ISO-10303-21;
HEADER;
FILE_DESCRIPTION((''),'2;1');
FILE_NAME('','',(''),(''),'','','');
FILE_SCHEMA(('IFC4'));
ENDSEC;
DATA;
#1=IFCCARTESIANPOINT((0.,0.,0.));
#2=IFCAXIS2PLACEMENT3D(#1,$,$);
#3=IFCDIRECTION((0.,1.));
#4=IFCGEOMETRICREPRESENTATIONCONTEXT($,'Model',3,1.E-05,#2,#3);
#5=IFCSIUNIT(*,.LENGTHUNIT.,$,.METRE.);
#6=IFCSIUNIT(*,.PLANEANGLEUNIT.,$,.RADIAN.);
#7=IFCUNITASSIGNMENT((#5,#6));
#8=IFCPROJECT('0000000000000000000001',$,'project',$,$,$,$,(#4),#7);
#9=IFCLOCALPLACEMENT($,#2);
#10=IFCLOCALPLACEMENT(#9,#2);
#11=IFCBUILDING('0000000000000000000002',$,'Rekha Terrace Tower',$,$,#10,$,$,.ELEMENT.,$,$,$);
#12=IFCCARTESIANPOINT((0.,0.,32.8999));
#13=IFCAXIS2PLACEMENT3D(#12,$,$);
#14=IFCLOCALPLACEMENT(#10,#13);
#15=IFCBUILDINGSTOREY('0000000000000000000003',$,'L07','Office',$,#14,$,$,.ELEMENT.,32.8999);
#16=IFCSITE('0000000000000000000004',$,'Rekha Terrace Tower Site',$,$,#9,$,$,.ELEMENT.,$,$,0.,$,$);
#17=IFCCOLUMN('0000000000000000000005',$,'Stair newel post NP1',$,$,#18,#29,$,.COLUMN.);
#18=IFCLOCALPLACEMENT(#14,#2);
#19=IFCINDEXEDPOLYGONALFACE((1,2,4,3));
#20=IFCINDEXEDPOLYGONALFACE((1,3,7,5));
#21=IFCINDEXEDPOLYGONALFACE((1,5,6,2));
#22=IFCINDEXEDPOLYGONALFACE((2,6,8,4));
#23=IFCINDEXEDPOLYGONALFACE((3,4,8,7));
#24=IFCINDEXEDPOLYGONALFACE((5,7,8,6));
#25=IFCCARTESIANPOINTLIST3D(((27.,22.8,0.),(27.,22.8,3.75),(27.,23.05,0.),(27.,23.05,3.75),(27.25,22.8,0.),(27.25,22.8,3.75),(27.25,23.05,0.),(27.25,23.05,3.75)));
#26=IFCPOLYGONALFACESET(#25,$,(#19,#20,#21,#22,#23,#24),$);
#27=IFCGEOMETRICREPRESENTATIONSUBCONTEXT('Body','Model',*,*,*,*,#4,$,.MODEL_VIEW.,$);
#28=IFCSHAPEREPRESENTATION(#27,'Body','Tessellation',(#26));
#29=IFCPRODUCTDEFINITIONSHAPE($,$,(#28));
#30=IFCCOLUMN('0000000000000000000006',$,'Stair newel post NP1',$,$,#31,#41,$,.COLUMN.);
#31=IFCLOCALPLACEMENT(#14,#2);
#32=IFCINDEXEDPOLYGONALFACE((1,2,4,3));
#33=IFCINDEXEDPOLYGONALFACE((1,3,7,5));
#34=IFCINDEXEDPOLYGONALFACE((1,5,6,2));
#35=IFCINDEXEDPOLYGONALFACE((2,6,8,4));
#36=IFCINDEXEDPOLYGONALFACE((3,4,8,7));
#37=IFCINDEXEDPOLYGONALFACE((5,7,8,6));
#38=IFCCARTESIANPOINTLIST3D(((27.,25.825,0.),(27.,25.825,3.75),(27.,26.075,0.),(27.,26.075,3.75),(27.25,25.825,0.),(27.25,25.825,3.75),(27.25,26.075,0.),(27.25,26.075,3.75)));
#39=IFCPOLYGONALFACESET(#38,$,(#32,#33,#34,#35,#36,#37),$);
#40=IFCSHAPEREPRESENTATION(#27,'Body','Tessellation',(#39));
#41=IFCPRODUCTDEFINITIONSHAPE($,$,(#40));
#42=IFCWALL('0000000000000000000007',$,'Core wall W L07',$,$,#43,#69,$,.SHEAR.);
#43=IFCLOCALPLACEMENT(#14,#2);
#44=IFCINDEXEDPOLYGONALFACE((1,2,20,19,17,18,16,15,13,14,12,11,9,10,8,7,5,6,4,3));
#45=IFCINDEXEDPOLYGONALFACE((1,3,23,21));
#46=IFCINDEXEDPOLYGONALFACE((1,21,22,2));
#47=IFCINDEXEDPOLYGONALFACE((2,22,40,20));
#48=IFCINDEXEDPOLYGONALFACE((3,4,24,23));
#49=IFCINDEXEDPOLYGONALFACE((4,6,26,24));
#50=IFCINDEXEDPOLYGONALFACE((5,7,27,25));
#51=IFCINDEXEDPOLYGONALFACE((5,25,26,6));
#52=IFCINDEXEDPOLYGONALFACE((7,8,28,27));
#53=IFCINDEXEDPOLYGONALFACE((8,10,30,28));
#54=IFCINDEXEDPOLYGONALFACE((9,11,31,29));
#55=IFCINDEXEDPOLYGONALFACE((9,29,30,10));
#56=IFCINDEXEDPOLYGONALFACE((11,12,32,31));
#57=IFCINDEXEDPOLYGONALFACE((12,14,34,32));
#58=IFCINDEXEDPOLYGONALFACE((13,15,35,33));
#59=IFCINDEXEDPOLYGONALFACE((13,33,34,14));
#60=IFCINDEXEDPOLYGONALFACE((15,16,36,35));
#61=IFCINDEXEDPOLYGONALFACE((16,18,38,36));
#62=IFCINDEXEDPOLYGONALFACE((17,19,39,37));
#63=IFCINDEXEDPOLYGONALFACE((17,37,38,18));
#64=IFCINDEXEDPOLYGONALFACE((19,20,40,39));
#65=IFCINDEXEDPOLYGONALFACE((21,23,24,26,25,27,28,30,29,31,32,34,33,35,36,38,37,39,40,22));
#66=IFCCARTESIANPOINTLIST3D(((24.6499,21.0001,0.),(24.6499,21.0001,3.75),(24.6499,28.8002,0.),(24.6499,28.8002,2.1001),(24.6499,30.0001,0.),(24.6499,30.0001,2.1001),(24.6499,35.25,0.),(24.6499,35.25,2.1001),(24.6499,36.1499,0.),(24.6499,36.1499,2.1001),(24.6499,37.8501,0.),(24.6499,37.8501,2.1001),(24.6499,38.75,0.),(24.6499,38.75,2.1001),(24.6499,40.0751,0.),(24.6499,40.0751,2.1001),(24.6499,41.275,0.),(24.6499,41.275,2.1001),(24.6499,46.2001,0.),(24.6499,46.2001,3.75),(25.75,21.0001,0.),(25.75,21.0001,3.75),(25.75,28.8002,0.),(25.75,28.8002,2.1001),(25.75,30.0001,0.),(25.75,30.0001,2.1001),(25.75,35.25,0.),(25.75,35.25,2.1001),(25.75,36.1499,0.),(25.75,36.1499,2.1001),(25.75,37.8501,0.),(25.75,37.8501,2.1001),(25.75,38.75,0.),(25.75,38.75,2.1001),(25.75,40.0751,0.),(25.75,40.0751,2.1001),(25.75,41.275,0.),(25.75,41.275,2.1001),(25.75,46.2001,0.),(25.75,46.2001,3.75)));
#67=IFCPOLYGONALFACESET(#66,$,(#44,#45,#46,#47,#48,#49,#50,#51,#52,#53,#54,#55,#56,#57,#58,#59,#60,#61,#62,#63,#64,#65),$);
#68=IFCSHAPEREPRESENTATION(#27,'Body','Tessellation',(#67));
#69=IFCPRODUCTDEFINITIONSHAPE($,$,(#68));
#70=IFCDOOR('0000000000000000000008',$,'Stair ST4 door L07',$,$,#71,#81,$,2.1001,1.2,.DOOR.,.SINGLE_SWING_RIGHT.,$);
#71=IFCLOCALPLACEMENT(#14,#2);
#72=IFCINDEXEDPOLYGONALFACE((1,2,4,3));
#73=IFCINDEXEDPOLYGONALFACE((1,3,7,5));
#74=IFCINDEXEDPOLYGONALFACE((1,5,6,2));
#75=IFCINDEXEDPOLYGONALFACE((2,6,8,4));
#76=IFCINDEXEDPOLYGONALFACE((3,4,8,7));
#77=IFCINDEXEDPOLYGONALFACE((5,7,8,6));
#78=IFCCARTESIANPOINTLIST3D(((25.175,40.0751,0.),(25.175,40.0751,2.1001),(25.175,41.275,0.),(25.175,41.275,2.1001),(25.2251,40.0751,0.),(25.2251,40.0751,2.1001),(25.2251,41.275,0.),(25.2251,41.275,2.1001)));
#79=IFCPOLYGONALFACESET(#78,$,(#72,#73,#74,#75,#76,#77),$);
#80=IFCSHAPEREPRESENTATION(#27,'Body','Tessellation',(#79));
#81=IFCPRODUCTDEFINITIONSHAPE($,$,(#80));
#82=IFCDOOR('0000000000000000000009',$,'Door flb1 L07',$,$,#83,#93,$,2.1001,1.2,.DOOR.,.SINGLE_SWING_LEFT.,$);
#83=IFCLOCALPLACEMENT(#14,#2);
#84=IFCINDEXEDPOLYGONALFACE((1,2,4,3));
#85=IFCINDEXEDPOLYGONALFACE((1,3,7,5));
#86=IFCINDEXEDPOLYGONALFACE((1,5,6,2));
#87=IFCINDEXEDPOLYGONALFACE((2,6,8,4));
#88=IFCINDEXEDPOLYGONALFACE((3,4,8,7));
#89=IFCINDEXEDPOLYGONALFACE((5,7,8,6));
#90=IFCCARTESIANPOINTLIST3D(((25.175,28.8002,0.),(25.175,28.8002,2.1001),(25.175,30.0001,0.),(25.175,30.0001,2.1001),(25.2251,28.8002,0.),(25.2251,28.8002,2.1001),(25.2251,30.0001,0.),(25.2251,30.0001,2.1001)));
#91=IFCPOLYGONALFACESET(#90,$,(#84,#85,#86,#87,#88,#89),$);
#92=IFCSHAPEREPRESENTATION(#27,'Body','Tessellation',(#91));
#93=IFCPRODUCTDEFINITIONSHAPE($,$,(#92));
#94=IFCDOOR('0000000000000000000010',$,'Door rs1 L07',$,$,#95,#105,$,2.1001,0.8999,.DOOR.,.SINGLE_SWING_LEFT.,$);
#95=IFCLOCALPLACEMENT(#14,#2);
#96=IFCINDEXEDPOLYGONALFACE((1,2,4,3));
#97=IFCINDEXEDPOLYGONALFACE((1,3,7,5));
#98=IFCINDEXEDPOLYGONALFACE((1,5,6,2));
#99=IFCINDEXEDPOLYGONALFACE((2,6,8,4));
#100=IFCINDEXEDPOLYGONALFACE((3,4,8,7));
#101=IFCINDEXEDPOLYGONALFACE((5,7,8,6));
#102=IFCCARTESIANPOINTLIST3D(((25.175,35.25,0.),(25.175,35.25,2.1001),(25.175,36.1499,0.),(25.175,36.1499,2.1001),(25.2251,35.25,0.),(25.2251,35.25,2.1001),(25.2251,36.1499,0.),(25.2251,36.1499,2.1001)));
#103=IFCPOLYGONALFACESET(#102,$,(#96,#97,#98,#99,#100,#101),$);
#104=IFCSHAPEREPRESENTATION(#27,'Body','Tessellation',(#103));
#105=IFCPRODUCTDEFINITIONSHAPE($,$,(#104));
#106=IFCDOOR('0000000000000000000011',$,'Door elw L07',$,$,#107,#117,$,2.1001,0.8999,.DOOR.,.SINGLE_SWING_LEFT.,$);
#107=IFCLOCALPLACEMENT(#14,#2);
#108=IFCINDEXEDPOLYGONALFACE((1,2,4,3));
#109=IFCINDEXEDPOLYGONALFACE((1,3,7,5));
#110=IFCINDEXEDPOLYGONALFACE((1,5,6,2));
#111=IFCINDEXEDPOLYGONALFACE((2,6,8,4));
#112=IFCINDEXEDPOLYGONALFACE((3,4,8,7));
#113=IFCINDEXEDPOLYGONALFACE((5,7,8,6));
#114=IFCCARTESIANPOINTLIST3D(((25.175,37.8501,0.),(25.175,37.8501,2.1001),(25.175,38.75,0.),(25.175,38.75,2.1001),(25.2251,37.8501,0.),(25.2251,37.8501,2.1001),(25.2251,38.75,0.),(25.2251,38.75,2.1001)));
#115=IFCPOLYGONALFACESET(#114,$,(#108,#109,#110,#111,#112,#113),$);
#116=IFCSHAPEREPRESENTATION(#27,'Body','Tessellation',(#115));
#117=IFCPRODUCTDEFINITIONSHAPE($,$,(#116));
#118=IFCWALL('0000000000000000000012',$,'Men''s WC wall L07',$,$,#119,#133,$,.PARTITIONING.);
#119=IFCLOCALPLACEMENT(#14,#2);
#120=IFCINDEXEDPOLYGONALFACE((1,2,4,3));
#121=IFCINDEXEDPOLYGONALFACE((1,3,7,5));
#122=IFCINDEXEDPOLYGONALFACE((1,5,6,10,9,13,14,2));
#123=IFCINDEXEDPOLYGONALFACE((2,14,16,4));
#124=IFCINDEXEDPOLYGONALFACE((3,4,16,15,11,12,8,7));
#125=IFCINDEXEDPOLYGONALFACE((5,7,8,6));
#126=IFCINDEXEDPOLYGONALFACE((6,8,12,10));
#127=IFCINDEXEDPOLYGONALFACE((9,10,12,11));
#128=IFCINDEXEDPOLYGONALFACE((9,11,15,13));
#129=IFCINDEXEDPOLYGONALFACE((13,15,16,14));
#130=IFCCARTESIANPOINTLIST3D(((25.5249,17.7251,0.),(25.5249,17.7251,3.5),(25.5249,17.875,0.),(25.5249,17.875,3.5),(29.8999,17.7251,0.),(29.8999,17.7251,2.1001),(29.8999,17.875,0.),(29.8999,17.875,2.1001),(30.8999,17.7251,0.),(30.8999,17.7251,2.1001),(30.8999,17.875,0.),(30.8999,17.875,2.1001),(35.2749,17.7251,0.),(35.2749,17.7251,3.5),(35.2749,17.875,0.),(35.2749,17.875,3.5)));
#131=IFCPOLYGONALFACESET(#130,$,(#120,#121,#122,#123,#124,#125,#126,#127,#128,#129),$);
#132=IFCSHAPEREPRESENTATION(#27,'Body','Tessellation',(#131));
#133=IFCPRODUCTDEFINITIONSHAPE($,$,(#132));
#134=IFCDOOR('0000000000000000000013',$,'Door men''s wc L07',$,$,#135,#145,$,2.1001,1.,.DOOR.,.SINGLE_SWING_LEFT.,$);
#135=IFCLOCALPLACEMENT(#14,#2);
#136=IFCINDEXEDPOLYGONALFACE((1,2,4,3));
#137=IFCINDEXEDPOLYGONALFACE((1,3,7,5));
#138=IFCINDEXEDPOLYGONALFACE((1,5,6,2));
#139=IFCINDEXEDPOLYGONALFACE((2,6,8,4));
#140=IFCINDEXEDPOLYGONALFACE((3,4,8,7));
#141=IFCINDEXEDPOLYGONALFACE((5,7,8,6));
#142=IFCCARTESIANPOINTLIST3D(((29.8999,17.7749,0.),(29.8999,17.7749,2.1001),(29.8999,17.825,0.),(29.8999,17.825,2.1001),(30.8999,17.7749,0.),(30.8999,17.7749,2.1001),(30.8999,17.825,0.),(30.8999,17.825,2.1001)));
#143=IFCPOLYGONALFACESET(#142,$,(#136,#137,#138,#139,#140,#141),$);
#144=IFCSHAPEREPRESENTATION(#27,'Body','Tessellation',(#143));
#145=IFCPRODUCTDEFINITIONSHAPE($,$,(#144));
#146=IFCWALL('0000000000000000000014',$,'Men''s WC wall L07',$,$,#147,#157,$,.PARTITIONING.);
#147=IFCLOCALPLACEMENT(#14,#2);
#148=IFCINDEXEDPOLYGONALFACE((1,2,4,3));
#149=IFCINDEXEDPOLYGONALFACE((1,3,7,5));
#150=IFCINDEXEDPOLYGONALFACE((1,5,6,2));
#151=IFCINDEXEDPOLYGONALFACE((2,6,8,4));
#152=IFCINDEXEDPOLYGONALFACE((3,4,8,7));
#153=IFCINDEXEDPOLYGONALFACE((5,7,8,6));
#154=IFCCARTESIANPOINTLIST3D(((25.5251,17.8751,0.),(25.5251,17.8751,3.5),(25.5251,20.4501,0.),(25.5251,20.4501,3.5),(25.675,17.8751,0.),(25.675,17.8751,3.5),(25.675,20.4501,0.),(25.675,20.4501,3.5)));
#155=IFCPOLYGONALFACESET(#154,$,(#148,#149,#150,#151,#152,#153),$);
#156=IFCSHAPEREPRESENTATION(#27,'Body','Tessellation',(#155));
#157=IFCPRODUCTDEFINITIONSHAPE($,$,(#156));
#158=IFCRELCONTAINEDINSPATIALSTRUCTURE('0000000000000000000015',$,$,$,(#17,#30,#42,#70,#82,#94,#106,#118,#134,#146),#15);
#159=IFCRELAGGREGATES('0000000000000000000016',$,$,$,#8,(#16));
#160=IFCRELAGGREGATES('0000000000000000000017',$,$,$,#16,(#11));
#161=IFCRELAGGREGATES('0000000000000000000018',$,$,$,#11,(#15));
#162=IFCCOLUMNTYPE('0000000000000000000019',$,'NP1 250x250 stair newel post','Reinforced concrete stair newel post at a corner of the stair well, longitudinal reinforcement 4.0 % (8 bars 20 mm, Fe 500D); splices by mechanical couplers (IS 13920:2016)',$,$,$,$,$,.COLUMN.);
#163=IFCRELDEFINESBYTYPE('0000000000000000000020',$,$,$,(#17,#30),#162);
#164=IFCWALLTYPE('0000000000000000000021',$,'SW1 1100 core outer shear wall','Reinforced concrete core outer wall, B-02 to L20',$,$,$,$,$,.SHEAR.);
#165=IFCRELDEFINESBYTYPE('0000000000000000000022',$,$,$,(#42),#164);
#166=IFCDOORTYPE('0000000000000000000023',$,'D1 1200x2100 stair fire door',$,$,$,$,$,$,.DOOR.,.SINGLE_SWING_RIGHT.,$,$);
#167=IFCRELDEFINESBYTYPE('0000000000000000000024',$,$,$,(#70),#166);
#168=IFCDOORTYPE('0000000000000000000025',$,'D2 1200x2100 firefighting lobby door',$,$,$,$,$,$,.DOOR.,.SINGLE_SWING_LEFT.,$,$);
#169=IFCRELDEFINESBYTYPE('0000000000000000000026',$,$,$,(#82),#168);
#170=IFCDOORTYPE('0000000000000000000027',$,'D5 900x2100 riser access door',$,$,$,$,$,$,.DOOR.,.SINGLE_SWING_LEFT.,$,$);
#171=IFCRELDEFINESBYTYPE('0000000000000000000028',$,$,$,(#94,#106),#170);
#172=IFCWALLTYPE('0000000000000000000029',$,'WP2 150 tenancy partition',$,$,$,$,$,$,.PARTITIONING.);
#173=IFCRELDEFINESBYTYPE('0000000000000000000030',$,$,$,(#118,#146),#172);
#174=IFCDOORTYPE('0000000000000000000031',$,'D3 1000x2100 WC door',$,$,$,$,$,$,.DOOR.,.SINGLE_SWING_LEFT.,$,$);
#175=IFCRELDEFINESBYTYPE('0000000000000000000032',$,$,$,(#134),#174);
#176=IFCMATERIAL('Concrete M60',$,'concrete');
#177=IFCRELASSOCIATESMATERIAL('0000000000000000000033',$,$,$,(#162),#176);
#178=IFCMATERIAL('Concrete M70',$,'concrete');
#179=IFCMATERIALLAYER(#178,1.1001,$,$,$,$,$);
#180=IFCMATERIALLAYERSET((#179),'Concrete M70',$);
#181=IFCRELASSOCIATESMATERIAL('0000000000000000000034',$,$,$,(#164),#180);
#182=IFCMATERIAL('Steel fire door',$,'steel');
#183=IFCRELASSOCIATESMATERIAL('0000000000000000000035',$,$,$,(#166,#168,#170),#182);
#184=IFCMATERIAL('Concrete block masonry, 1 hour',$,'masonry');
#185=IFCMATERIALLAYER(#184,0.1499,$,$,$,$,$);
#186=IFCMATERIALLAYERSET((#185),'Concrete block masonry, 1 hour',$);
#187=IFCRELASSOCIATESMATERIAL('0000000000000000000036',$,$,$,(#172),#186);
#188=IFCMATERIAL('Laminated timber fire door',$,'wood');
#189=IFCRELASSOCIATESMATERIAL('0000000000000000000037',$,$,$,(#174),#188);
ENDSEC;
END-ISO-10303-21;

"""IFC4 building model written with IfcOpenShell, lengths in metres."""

from ifc_helpers import new_model, si_unit, direction, frame, frame_2d, origin, origin_2d, place, context, subcontext, project, spatial, rectangle, extrude, material, layer, layer_set, material_profile, profile_set, type_object, element, fill, save


model = new_model("IFC4")

# Units and contexts
model_context = context("Model", 3, precision=1e-05, world=origin(), true_north=direction((0.0, 1.0)))
body_context = subcontext(model_context, "Body", "Model", "MODEL_VIEW")
ifc_project = project(units=[si_unit("LENGTHUNIT", "METRE"), si_unit("PLANEANGLEUNIT", "RADIAN")], contexts=[model_context])

# Site, building, storey
site_placement = place(None, origin())
site = spatial("IfcSite", under=ifc_project, at=site_placement, Name="Rekha Terrace Tower Site", CompositionType="ELEMENT", RefElevation=0.0)
building_placement = place(site_placement, origin())
building = spatial("IfcBuilding", under=site, at=building_placement, Name="Rekha Terrace Tower", CompositionType="ELEMENT")
storey_placement = place(building_placement, frame((0.0, 0.0, 32.8999)))
storey = spatial("IfcBuildingStorey", under=building, at=storey_placement, Name="L07", Description="Office", CompositionType="ELEMENT", Elevation=32.8999)

# Columns
ifc_material_1 = material(Name="Concrete M60", Category="concrete")
ifc_material_profile = material_profile(ifc_material_1, rectangle(XDim=0.25, YDim=0.25, at=origin_2d()), Name="RC 250x250")
ifc_profile_set = profile_set([ifc_material_profile], Name="Concrete M60")
column_type = type_object("IfcColumnType", Name="NP1 250x250 stair newel post", Description="Reinforced concrete stair newel post at a corner of the stair well, longitudinal reinforcement 4.0 % (8 bars 20 mm, Fe 500D); splices by mechanical couplers (IS 13920:2016)", PredefinedType="COLUMN", material=ifc_profile_set)
for number, where, z_axis, x_axis, name in (
    (1, (27.125, 22.925, 0.0), (0.0, 0.0, 1.0), (1.0, 0.0, 0.0), "Stair newel post NP1"),
    (2, (27.125, 25.95, 0.0), (0.0, 0.0, 1.0), (1.0, 0.0, 0.0), "Stair newel post NP1"),
):
    element("IfcColumn", number, at=place(storey_placement, frame(where, z_axis=z_axis, x_axis=x_axis)), inside=storey, type_object=column_type, Name=name, PredefinedType="COLUMN", context=body_context, shape_type="SweptSolid", body=[
        extrude(rectangle(XDim=0.25, YDim=0.25, at=origin_2d()), origin(), (0.0, 0.0, 1.0), 3.75),
    ])

# Wall, openings, doors
ifc_material_2 = material(Name="Concrete M70", Category="concrete")
ifc_layer_1 = layer(ifc_material_2, 1.1001)
ifc_layer_set_1 = layer_set([ifc_layer_1], Name="Concrete M70")
wall_type_1 = type_object("IfcWallType", Name="SW1 1100 core outer shear wall", Description="Reinforced concrete core outer wall, B-02 to L20", PredefinedType="SHEAR", material=ifc_layer_set_1)
wall_1_placement = place(storey_placement, frame((25.2, 21.0, 0.0), z_axis=(0.0, 0.0, 1.0), x_axis=(0.0, 1.0, 0.0)))
wall_1 = element("IfcWall", 3, at=wall_1_placement, inside=storey, type_object=wall_type_1, Name="Core wall W L07", PredefinedType="SHEAR", context=body_context, shape_type="SweptSolid", body=[
    extrude(rectangle(XDim=25.2, YDim=1.1001, at=frame_2d((12.6001, 0.0))), origin(), (0.0, 0.0, 1.0), 3.75),
])
opening_1_placement = place(wall_1_placement, frame((7.8, 0.0, 0.0)))
opening_1 = element("IfcOpeningElement", 4, at=opening_1_placement, cuts=wall_1, PredefinedType="OPENING", context=body_context, shape_type="SweptSolid", body=[
    extrude(rectangle(XDim=1.2, YDim=2.1001, at=frame_2d((0.6001, 1.05))), frame((0.0, 0.5601, 0.0), z_axis=(0.0, -1.0, 0.0), x_axis=(1.0, 0.0, 0.0)), (0.0, 0.0, 1.0), 1.1201),
])
opening_2_placement = place(wall_1_placement, frame((14.25, 0.0, 0.0)))
opening_2 = element("IfcOpeningElement", 5, at=opening_2_placement, cuts=wall_1, PredefinedType="OPENING", context=body_context, shape_type="SweptSolid", body=[
    extrude(rectangle(XDim=0.8999, YDim=2.1001, at=frame_2d((0.45, 1.05))), frame((0.0, 0.5601, 0.0), z_axis=(0.0, -1.0, 0.0), x_axis=(1.0, 0.0, 0.0)), (0.0, 0.0, 1.0), 1.1201),
])
opening_3_placement = place(wall_1_placement, frame((16.8501, 0.0, 0.0)))
opening_3 = element("IfcOpeningElement", 6, at=opening_3_placement, cuts=wall_1, PredefinedType="OPENING", context=body_context, shape_type="SweptSolid", body=[
    extrude(rectangle(XDim=0.8999, YDim=2.1001, at=frame_2d((0.45, 1.05))), frame((0.0, 0.5601, 0.0), z_axis=(0.0, -1.0, 0.0), x_axis=(1.0, 0.0, 0.0)), (0.0, 0.0, 1.0), 1.1201),
])
opening_4_placement = place(wall_1_placement, frame((19.075, 0.0, 0.0)))
opening_4 = element("IfcOpeningElement", 7, at=opening_4_placement, cuts=wall_1, PredefinedType="OPENING", context=body_context, shape_type="SweptSolid", body=[
    extrude(rectangle(XDim=1.2, YDim=2.1001, at=frame_2d((0.6001, 1.05))), frame((0.0, 0.5601, 0.0), z_axis=(0.0, -1.0, 0.0), x_axis=(1.0, 0.0, 0.0)), (0.0, 0.0, 1.0), 1.1201),
])
ifc_material_3 = material(Name="Steel fire door", Category="steel")
door_type_1 = type_object("IfcDoorType", Name="D1 1200x2100 stair fire door", OperationType="SINGLE_SWING_RIGHT", PredefinedType="DOOR", material=ifc_material_3)
door_1_placement = place(opening_4_placement, origin())
door_1 = element("IfcDoor", 8, at=door_1_placement, inside=storey, type_object=door_type_1, Name="Stair ST4 door L07", OperationType="SINGLE_SWING_RIGHT", OverallHeight=2.1001, OverallWidth=1.2, PredefinedType="DOOR", context=body_context, shape_type="SweptSolid", body=[
    extrude(rectangle(XDim=1.2, YDim=2.1001, at=frame_2d((0.6001, 1.05))), frame((0.0, 0.0249, 0.0), z_axis=(0.0, -1.0, 0.0), x_axis=(1.0, 0.0, 0.0)), (0.0, 0.0, 1.0), 0.05),
])
fill(opening_4, door_1)
door_type_2 = type_object("IfcDoorType", Name="D2 1200x2100 firefighting lobby door", OperationType="SINGLE_SWING_LEFT", PredefinedType="DOOR", material=ifc_material_3)
door_2_placement = place(opening_1_placement, origin())
door_2 = element("IfcDoor", 9, at=door_2_placement, inside=storey, type_object=door_type_2, Name="Door flb1 L07", OperationType="SINGLE_SWING_LEFT", OverallHeight=2.1001, OverallWidth=1.2, PredefinedType="DOOR", context=body_context, shape_type="SweptSolid", body=[
    extrude(rectangle(XDim=1.2, YDim=2.1001, at=frame_2d((0.6001, 1.05))), frame((0.0, 0.0249, 0.0), z_axis=(0.0, -1.0, 0.0), x_axis=(1.0, 0.0, 0.0)), (0.0, 0.0, 1.0), 0.05),
])
fill(opening_1, door_2)
door_type_3 = type_object("IfcDoorType", Name="D5 900x2100 riser access door", OperationType="SINGLE_SWING_LEFT", PredefinedType="DOOR", material=ifc_material_3)
door_3_placement = place(opening_2_placement, origin())
door_3 = element("IfcDoor", 10, at=door_3_placement, inside=storey, type_object=door_type_3, Name="Door rs1 L07", OperationType="SINGLE_SWING_LEFT", OverallHeight=2.1001, OverallWidth=0.8999, PredefinedType="DOOR", context=body_context, shape_type="SweptSolid", body=[
    extrude(rectangle(XDim=0.8999, YDim=2.1001, at=frame_2d((0.45, 1.05))), frame((0.0, 0.0249, 0.0), z_axis=(0.0, -1.0, 0.0), x_axis=(1.0, 0.0, 0.0)), (0.0, 0.0, 1.0), 0.05),
])
fill(opening_2, door_3)
door_4_placement = place(opening_3_placement, origin())
door_4 = element("IfcDoor", 11, at=door_4_placement, inside=storey, type_object=door_type_3, Name="Door elw L07", OperationType="SINGLE_SWING_LEFT", OverallHeight=2.1001, OverallWidth=0.8999, PredefinedType="DOOR", context=body_context, shape_type="SweptSolid", body=[
    extrude(rectangle(XDim=0.8999, YDim=2.1001, at=frame_2d((0.45, 1.05))), frame((0.0, 0.0249, 0.0), z_axis=(0.0, -1.0, 0.0), x_axis=(1.0, 0.0, 0.0)), (0.0, 0.0, 1.0), 0.05),
])
fill(opening_3, door_4)

# Wall, opening, door
ifc_material_4 = material(Name="Concrete block masonry, 1 hour", Category="masonry")
ifc_layer_2 = layer(ifc_material_4, 0.1499)
ifc_layer_set_2 = layer_set([ifc_layer_2], Name="Concrete block masonry, 1 hour")
wall_type_2 = type_object("IfcWallType", Name="WP2 150 tenancy partition", PredefinedType="PARTITIONING", material=ifc_layer_set_2)
wall_2_placement = place(storey_placement, frame((25.5249, 17.8, 0.0), z_axis=(0.0, 0.0, 1.0), x_axis=(1.0, 0.0, 0.0)))
wall_2 = element("IfcWall", 12, at=wall_2_placement, inside=storey, type_object=wall_type_2, Name="Men's WC wall L07", PredefinedType="PARTITIONING", context=body_context, shape_type="SweptSolid", body=[
    extrude(rectangle(XDim=9.75, YDim=0.1499, at=frame_2d((4.875, 0.0))), origin(), (0.0, 0.0, 1.0), 3.5),
])
opening_5_placement = place(wall_2_placement, frame((4.375, 0.0, 0.0)))
opening_5 = element("IfcOpeningElement", 13, at=opening_5_placement, cuts=wall_2, PredefinedType="OPENING", context=body_context, shape_type="SweptSolid", body=[
    extrude(rectangle(XDim=1.0, YDim=2.1001, at=frame_2d((0.5, 1.05))), frame((0.0, 0.085, 0.0), z_axis=(0.0, -1.0, 0.0), x_axis=(1.0, 0.0, 0.0)), (0.0, 0.0, 1.0), 0.1699),
])
ifc_material_5 = material(Name="Laminated timber fire door", Category="wood")
door_type_4 = type_object("IfcDoorType", Name="D3 1000x2100 WC door", OperationType="SINGLE_SWING_LEFT", PredefinedType="DOOR", material=ifc_material_5)
door_5_placement = place(opening_5_placement, origin())
door_5 = element("IfcDoor", 14, at=door_5_placement, inside=storey, type_object=door_type_4, Name="Door men's wc L07", OperationType="SINGLE_SWING_LEFT", OverallHeight=2.1001, OverallWidth=1.0, PredefinedType="DOOR", context=body_context, shape_type="SweptSolid", body=[
    extrude(rectangle(XDim=1.0, YDim=2.1001, at=frame_2d((0.5, 1.05))), frame((0.0, 0.0249, 0.0), z_axis=(0.0, -1.0, 0.0), x_axis=(1.0, 0.0, 0.0)), (0.0, 0.0, 1.0), 0.05),
])
fill(opening_5, door_5)

# Wall
wall_3_placement = place(storey_placement, frame((25.6001, 17.875, 0.0), z_axis=(0.0, 0.0, 1.0), x_axis=(0.0, 1.0, 0.0)))
element("IfcWall", 15, at=wall_3_placement, inside=storey, type_object=wall_type_2, Name="Men's WC wall L07", PredefinedType="PARTITIONING", context=body_context, shape_type="SweptSolid", body=[
    extrude(rectangle(XDim=2.575, YDim=0.1499, at=frame_2d((1.2876, 0.0))), origin(), (0.0, 0.0, 1.0), 3.5),
])

save(model, "model.ifc")
